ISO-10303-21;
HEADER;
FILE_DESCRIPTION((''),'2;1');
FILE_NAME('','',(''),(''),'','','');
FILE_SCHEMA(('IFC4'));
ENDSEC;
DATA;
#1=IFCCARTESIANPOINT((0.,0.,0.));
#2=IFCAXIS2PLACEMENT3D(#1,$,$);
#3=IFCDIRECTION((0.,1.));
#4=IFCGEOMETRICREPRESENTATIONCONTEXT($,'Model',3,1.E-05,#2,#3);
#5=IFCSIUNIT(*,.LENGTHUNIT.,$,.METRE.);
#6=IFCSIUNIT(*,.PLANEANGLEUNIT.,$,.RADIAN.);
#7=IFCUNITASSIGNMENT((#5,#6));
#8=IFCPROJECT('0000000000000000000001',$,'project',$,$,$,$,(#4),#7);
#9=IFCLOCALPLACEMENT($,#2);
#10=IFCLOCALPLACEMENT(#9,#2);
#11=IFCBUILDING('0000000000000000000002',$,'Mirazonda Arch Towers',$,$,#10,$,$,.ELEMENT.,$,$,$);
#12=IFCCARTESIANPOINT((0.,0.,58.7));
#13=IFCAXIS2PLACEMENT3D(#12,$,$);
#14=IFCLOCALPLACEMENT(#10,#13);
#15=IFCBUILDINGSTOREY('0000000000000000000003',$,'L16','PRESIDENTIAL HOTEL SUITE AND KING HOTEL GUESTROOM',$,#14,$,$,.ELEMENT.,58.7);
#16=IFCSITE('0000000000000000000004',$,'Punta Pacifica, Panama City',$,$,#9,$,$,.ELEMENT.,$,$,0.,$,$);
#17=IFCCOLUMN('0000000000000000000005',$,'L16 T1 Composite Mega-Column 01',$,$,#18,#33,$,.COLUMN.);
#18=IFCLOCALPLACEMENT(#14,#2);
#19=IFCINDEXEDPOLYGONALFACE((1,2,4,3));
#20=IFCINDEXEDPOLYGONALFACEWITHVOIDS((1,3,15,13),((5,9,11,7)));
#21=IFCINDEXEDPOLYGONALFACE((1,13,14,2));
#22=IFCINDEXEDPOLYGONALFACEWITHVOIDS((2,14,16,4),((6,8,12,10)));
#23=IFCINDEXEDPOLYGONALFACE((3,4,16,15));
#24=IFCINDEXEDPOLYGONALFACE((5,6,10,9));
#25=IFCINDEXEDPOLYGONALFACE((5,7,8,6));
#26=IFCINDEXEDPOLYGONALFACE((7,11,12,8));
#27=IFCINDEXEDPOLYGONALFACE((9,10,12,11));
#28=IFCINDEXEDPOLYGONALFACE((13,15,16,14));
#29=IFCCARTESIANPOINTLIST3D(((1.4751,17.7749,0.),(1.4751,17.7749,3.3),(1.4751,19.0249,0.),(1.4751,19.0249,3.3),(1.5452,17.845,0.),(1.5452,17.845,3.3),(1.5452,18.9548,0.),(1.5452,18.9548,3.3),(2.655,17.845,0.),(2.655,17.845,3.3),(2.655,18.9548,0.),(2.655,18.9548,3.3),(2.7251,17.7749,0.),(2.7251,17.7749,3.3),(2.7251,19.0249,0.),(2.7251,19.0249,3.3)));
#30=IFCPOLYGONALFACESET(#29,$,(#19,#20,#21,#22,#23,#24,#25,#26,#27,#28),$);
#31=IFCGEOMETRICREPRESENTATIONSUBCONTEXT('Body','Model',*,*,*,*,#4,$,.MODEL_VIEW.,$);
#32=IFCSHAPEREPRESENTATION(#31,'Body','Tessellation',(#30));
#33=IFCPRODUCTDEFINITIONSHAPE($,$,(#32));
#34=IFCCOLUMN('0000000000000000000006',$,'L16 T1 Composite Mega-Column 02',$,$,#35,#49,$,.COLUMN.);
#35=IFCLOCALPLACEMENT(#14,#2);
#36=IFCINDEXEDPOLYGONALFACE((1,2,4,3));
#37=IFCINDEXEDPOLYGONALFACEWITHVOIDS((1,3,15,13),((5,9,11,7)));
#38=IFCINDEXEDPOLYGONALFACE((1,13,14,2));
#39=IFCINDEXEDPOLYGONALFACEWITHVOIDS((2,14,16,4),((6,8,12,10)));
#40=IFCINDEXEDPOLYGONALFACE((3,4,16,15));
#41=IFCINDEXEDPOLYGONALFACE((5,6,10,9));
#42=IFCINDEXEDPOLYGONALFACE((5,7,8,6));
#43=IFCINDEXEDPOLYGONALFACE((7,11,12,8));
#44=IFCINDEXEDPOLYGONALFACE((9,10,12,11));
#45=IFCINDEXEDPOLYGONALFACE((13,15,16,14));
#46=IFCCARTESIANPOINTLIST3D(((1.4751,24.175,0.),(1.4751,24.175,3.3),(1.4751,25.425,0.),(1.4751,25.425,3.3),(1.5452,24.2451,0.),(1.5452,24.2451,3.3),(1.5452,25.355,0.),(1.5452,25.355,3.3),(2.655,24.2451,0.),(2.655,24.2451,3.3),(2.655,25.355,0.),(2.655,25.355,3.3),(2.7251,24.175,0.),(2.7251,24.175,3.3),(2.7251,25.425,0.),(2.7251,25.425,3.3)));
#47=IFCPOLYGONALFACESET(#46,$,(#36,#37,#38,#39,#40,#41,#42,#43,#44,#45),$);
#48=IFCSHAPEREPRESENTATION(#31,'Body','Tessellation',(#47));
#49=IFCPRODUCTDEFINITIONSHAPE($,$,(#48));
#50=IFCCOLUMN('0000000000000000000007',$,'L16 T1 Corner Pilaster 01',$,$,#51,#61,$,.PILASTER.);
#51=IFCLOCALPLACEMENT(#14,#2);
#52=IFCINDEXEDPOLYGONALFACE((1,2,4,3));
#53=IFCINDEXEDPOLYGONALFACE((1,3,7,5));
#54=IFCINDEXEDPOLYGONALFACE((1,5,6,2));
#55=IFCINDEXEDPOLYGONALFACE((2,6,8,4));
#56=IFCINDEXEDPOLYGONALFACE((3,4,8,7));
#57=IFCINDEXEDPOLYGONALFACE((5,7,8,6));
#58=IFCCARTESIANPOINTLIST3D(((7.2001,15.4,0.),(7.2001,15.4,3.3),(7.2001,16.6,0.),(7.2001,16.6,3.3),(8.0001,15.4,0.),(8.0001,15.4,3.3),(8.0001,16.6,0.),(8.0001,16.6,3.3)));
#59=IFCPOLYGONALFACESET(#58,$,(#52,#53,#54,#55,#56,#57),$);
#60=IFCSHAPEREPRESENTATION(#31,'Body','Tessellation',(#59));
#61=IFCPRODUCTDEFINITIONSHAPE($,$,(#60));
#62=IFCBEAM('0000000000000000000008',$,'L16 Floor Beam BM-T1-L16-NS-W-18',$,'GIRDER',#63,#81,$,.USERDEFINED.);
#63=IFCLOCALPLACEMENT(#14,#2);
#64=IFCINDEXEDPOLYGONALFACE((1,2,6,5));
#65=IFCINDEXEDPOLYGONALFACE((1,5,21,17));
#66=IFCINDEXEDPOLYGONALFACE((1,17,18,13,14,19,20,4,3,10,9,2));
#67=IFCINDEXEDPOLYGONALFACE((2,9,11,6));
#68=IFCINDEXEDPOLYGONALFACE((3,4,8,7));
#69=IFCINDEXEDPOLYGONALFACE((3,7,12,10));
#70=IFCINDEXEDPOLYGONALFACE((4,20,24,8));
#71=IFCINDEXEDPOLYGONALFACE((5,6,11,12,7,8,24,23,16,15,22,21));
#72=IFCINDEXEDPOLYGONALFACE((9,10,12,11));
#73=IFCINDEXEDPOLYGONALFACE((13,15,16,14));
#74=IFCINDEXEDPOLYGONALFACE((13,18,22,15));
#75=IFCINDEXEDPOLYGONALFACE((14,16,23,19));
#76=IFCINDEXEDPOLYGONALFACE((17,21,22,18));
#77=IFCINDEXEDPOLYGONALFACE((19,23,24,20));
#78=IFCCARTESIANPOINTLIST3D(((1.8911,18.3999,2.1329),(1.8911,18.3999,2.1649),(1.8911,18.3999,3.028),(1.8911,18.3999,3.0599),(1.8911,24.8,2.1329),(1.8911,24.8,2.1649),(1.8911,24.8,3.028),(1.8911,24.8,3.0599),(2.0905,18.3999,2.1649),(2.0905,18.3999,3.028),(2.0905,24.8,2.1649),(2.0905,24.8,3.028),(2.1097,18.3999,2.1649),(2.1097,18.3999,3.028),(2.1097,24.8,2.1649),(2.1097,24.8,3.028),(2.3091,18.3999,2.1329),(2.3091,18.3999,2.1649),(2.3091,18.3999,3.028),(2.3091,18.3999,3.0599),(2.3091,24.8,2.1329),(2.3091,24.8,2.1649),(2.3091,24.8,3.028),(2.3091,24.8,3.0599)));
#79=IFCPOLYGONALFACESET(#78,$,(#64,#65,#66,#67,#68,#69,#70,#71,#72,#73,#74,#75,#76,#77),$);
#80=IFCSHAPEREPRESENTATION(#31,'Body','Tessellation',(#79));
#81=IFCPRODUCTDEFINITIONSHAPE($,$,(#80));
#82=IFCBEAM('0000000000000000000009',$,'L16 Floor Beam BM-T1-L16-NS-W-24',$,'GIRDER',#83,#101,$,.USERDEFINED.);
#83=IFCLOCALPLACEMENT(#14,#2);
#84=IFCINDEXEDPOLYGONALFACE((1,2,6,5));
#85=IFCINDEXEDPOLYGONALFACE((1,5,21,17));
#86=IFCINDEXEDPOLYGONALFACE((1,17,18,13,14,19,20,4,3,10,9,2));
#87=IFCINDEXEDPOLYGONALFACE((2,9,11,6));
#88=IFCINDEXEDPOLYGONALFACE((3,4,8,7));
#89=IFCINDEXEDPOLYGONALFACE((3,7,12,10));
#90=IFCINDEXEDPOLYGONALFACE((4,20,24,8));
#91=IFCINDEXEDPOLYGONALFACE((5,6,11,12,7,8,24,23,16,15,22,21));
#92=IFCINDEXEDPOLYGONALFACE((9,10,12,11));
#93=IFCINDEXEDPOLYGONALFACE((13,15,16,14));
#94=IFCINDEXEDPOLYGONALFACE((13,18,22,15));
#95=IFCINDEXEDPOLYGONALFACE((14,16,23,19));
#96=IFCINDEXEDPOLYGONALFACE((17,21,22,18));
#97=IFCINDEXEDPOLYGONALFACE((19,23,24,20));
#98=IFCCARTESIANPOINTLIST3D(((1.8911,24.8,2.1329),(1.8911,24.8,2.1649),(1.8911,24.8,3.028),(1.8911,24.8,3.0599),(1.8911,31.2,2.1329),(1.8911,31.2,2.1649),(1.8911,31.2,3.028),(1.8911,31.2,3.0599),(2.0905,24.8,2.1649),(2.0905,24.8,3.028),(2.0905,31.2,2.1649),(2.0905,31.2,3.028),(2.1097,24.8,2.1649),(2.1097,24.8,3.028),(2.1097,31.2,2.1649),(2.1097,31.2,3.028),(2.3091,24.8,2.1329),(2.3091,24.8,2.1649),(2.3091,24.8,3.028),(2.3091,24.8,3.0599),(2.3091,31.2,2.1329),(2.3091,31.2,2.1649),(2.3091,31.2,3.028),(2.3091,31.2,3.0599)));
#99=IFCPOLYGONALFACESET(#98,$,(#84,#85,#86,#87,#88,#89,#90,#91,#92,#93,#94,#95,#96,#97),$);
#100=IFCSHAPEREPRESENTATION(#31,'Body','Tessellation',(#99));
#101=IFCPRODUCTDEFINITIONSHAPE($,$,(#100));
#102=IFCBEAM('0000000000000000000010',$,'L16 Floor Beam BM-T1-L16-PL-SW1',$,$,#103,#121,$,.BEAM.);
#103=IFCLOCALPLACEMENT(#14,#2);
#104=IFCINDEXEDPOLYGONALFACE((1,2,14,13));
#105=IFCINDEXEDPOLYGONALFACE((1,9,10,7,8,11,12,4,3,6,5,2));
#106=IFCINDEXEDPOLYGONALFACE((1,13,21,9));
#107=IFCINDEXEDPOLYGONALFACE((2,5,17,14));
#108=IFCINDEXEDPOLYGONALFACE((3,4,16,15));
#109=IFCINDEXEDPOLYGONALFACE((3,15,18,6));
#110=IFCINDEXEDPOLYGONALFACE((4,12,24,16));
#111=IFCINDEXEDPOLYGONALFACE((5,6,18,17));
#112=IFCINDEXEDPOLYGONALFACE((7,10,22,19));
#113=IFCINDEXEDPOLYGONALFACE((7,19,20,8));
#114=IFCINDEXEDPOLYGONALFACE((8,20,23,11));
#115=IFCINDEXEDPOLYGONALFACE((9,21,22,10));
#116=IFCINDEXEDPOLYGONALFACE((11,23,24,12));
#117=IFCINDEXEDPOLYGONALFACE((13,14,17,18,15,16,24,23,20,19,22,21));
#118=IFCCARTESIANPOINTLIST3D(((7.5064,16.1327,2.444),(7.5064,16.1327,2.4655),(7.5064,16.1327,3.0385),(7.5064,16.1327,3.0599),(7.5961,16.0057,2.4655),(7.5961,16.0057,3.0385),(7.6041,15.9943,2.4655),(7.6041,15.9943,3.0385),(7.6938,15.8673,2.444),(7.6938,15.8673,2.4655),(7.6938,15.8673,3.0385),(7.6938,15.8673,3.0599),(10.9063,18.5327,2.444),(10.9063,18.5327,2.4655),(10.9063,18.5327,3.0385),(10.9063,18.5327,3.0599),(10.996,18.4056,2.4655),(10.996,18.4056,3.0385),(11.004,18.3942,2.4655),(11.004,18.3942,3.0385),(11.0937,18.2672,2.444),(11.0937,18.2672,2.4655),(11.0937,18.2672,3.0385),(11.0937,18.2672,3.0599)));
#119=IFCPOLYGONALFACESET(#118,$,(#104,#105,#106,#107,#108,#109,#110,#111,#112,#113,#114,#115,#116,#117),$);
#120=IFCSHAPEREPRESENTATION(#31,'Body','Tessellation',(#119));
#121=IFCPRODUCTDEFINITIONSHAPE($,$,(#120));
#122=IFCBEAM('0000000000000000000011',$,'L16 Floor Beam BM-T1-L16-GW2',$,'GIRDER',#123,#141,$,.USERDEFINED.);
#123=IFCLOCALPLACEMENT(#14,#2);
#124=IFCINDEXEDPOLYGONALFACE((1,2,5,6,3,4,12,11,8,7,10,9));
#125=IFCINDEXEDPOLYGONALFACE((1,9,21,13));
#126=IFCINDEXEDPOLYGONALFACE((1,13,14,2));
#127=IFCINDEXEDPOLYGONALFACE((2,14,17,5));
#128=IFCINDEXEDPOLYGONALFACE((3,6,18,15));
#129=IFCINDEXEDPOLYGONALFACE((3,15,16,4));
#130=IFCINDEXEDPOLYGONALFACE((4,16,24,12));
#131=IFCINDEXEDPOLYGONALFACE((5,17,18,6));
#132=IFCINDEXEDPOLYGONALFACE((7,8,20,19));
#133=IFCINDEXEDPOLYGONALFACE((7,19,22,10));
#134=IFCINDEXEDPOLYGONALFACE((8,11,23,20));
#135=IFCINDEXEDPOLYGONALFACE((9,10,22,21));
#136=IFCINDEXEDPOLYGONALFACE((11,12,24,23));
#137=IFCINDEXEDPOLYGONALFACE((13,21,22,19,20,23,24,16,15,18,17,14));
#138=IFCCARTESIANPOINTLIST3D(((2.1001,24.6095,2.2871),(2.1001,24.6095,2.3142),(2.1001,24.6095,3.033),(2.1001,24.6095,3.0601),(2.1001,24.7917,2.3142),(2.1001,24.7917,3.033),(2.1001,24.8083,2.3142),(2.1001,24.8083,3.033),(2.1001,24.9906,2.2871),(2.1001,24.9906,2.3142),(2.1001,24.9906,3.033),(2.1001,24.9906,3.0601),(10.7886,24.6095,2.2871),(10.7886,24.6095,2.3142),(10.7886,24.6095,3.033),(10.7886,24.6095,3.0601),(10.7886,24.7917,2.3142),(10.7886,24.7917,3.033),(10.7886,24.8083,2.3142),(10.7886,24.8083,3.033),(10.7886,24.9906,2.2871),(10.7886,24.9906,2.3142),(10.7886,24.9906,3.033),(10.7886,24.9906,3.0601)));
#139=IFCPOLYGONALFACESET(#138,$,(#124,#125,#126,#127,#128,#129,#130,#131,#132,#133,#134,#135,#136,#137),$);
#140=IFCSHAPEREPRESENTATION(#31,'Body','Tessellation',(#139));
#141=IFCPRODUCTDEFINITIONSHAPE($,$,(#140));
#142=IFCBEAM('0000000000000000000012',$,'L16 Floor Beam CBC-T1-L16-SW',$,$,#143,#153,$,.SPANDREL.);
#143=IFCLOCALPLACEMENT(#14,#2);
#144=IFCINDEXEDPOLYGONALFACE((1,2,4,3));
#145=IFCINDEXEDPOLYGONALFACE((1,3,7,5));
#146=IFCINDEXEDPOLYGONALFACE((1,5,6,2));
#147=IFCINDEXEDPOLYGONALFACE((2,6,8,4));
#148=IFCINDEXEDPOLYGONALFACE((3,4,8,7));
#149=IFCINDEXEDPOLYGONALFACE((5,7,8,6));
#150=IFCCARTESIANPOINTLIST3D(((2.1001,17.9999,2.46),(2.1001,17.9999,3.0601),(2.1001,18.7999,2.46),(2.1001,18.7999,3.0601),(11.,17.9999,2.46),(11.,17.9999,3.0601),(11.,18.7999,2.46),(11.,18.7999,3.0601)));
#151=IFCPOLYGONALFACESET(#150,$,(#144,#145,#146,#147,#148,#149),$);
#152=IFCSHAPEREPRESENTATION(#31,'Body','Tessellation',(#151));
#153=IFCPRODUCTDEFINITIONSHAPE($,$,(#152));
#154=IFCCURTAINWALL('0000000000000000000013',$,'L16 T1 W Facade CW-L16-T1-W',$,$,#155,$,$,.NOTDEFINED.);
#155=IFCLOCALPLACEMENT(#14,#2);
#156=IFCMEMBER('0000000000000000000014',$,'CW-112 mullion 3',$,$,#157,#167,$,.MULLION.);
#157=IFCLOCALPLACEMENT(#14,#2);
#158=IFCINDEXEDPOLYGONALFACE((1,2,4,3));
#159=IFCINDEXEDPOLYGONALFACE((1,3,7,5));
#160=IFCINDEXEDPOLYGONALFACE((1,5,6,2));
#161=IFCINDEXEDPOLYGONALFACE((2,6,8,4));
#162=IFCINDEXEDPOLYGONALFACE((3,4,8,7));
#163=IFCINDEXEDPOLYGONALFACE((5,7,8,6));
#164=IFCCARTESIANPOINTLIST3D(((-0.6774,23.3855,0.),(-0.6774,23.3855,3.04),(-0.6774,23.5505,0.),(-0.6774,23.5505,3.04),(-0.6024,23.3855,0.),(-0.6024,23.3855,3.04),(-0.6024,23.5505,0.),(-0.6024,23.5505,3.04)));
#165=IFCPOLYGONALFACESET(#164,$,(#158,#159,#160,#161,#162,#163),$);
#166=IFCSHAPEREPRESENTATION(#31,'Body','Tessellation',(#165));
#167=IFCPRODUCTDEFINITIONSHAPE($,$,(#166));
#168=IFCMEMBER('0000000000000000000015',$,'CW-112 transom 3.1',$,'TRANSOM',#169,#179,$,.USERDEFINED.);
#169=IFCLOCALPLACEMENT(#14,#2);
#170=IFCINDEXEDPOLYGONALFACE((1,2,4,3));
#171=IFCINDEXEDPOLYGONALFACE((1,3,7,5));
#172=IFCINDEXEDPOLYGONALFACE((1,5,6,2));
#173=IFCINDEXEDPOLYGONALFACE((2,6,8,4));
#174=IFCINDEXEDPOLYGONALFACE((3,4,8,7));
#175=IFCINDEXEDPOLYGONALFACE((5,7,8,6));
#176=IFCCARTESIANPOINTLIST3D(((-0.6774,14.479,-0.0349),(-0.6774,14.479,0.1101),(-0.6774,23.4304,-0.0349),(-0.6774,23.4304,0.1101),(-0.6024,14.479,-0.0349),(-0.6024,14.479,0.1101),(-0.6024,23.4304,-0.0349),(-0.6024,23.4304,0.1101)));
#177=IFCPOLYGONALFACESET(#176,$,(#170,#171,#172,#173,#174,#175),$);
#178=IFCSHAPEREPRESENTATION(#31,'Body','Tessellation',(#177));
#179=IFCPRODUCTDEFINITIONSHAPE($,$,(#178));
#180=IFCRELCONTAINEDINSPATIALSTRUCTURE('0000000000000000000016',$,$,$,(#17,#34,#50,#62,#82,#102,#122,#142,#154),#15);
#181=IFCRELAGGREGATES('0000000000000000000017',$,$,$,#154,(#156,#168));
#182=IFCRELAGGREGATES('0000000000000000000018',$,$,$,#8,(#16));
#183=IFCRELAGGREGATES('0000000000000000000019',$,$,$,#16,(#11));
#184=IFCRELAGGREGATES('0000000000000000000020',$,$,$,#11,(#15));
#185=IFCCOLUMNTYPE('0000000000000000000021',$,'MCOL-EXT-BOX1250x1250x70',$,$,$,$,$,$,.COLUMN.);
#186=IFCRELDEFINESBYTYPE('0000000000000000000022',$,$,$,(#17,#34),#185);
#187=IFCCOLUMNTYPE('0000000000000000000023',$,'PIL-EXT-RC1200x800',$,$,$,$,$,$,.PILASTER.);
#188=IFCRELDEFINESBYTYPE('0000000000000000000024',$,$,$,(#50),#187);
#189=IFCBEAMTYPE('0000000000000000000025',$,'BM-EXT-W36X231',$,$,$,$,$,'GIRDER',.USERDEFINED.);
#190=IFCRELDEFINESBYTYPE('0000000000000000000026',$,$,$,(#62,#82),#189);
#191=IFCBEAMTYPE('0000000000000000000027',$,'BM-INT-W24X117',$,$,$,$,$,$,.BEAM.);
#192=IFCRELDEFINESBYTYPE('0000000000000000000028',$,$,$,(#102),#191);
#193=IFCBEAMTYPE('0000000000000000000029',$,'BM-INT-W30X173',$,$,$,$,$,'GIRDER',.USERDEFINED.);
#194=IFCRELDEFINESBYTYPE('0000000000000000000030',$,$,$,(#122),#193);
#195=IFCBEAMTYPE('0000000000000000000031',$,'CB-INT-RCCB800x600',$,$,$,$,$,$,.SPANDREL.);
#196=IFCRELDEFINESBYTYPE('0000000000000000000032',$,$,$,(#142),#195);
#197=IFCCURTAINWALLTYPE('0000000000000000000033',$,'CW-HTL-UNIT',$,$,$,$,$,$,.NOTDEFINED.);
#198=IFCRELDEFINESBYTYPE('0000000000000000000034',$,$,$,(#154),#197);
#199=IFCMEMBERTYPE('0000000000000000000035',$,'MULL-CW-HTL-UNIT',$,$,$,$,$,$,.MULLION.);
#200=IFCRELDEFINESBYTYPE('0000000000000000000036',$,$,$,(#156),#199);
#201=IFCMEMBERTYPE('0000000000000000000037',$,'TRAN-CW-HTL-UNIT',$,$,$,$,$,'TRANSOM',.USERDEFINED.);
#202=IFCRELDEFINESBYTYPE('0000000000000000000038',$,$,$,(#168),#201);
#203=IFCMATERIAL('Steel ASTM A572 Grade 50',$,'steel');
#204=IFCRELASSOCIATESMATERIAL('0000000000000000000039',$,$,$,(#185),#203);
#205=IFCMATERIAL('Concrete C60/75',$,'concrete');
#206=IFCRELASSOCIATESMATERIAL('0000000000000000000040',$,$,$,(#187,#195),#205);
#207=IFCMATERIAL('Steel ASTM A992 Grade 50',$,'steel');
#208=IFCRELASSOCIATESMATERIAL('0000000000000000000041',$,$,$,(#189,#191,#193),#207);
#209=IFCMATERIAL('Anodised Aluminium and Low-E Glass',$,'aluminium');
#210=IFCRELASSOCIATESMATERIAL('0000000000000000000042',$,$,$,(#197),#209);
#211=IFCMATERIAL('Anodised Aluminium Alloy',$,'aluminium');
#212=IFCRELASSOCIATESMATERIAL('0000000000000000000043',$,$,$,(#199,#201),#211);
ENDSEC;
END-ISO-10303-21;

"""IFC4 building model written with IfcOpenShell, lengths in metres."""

from ifc_helpers import new_model, si_unit, direction, frame, origin, origin_2d, place, context, subcontext, project, spatial, rectangle, hollow_rectangle, i_section, extrude, material, material_profile, profile_set, type_object, element, aggregate, save


model = new_model("IFC4")

# Units and contexts
model_context = context("Model", 3, precision=1e-05, world=origin(), true_north=direction((0.0, 1.0)))
body_context = subcontext(model_context, "Body", "Model", "MODEL_VIEW")
ifc_project = project(units=[si_unit("LENGTHUNIT", "METRE"), si_unit("PLANEANGLEUNIT", "RADIAN")], contexts=[model_context])

# Site, building, storey
site_placement = place(None, origin())
site = spatial("IfcSite", under=ifc_project, at=site_placement, Name="Punta Pacifica, Panama City", CompositionType="ELEMENT", RefElevation=0.0)
building_placement = place(site_placement, origin())
building = spatial("IfcBuilding", under=site, at=building_placement, Name="Mirazonda Arch Towers", CompositionType="ELEMENT")
storey_placement = place(building_placement, frame((0.0, 0.0, 58.7)))
storey = spatial("IfcBuildingStorey", under=building, at=storey_placement, Name="L16", Description="PRESIDENTIAL HOTEL SUITE AND KING HOTEL GUESTROOM", CompositionType="ELEMENT", Elevation=58.7)

# Columns
ifc_material_1 = material(Name="Steel ASTM A572 Grade 50", Category="steel")
ifc_material_profile_1 = material_profile(ifc_material_1, hollow_rectangle(XDim=1.25, YDim=1.25, WallThickness=0.0701, at=origin_2d()), Name="BOX1250x1250x70")
ifc_profile_set_1 = profile_set([ifc_material_profile_1], Name="Steel ASTM A572 Grade 50")
column_type_1 = type_object("IfcColumnType", Name="MCOL-EXT-BOX1250x1250x70", PredefinedType="COLUMN", material=ifc_profile_set_1)
for number, where, z_axis, x_axis, name in (
    (1, (2.1001, 18.3999, 0.0), (0.0, 0.0, 1.0), (1.0, 0.0, 0.0), "L16 T1 Composite Mega-Column 01"),
    (2, (2.1001, 24.8, 0.0), (0.0, 0.0, 1.0), (1.0, 0.0, 0.0), "L16 T1 Composite Mega-Column 02"),
):
    element("IfcColumn", number, at=place(storey_placement, frame(where, z_axis=z_axis, x_axis=x_axis)), inside=storey, type_object=column_type_1, Name=name, PredefinedType="COLUMN", context=body_context, shape_type="SweptSolid", body=[
        extrude(hollow_rectangle(XDim=1.25, YDim=1.25, WallThickness=0.0701, at=origin_2d()), origin(), (0.0, 0.0, 1.0), 3.3),
    ])
ifc_material_2 = material(Name="Concrete C60/75", Category="concrete")
ifc_material_profile_2 = material_profile(ifc_material_2, rectangle(XDim=0.8, YDim=1.2, at=origin_2d()), Name="RC1200x800")
ifc_profile_set_2 = profile_set([ifc_material_profile_2], Name="Concrete C60/75")
column_type_2 = type_object("IfcColumnType", Name="PIL-EXT-RC1200x800", PredefinedType="PILASTER", material=ifc_profile_set_2)
column_placement = place(storey_placement, frame((7.6001, 16.0, 0.0), z_axis=(0.0, 0.0, 1.0), x_axis=(1.0, 0.0, 0.0)))
element("IfcColumn", 3, at=column_placement, inside=storey, type_object=column_type_2, Name="L16 T1 Corner Pilaster 01", PredefinedType="PILASTER", context=body_context, shape_type="SweptSolid", body=[
    extrude(rectangle(XDim=0.8, YDim=1.2, at=origin_2d()), origin(), (0.0, 0.0, 1.0), 3.3),
])

# Beams
ifc_material_3 = material(Name="Steel ASTM A992 Grade 50", Category="steel")
ifc_material_profile_3 = material_profile(ifc_material_3, i_section(OverallWidth=0.418, OverallDepth=0.927, WebThickness=0.0193, FlangeThickness=0.032, at=origin_2d()), Name="W36X231")
ifc_profile_set_3 = profile_set([ifc_material_profile_3], Name="Steel ASTM A992 Grade 50")
beam_type_1 = type_object("IfcBeamType", Name="BM-EXT-W36X231", ElementType="GIRDER", PredefinedType="USERDEFINED", material=ifc_profile_set_3)
beam_1_placement = place(storey_placement, frame((2.1001, 18.3999, 2.5964), z_axis=(0.0, 1.0, 0.0), x_axis=(-1.0, 0.0, 0.0)))
element("IfcBeam", 4, at=beam_1_placement, inside=storey, type_object=beam_type_1, Name="L16 Floor Beam BM-T1-L16-NS-W-18", ObjectType="GIRDER", PredefinedType="USERDEFINED", context=body_context, shape_type="SweptSolid", body=[
    extrude(i_section(OverallWidth=0.418, OverallDepth=0.927, WebThickness=0.0193, FlangeThickness=0.032, at=origin_2d()), origin(), (0.0, 0.0, 1.0), 6.4001),
])
beam_2_placement = place(storey_placement, frame((2.1001, 24.8, 2.5964), z_axis=(0.0, 1.0, 0.0), x_axis=(-1.0, 0.0, 0.0)))
element("IfcBeam", 5, at=beam_2_placement, inside=storey, type_object=beam_type_1, Name="L16 Floor Beam BM-T1-L16-NS-W-24", ObjectType="GIRDER", PredefinedType="USERDEFINED", context=body_context, shape_type="SweptSolid", body=[
    extrude(i_section(OverallWidth=0.418, OverallDepth=0.927, WebThickness=0.0193, FlangeThickness=0.032, at=origin_2d()), origin(), (0.0, 0.0, 1.0), 6.3999),
])
ifc_material_profile_4 = material_profile(ifc_material_3, i_section(OverallWidth=0.325, OverallDepth=0.616, WebThickness=0.0139, FlangeThickness=0.0215, at=origin_2d()), Name="W24X117")
ifc_profile_set_4 = profile_set([ifc_material_profile_4], Name="Steel ASTM A992 Grade 50")
beam_type_2 = type_object("IfcBeamType", Name="BM-INT-W24X117", PredefinedType="BEAM", material=ifc_profile_set_4)
beam_3_placement = place(storey_placement, frame((7.6001, 16.0, 2.752), z_axis=(0.816971, 0.576679, 0.0), x_axis=(-0.576679, 0.816971, 0.0)))
element("IfcBeam", 6, at=beam_3_placement, inside=storey, type_object=beam_type_2, Name="L16 Floor Beam BM-T1-L16-PL-SW1", PredefinedType="BEAM", context=body_context, shape_type="SweptSolid", body=[
    extrude(i_section(OverallWidth=0.325, OverallDepth=0.616, WebThickness=0.0139, FlangeThickness=0.0215, at=origin_2d()), origin(), (0.0, 0.0, 1.0), 4.1616),
])
ifc_material_profile_5 = material_profile(ifc_material_3, i_section(OverallWidth=0.3811, OverallDepth=0.7729, WebThickness=0.0166, FlangeThickness=0.0271, at=origin_2d()), Name="W30X173")
ifc_profile_set_5 = profile_set([ifc_material_profile_5], Name="Steel ASTM A992 Grade 50")
beam_type_3 = type_object("IfcBeamType", Name="BM-INT-W30X173", ElementType="GIRDER", PredefinedType="USERDEFINED", material=ifc_profile_set_5)
beam_4_placement = place(storey_placement, frame((2.1001, 24.8, 2.6736), z_axis=(1.0, 0.0, 0.0), x_axis=(0.0, 1.0, 0.0)))
element("IfcBeam", 7, at=beam_4_placement, inside=storey, type_object=beam_type_3, Name="L16 Floor Beam BM-T1-L16-GW2", ObjectType="GIRDER", PredefinedType="USERDEFINED", context=body_context, shape_type="SweptSolid", body=[
    extrude(i_section(OverallWidth=0.3811, OverallDepth=0.7729, WebThickness=0.0166, FlangeThickness=0.0271, at=origin_2d()), origin(), (0.0, 0.0, 1.0), 8.6885),
])
ifc_material_profile_6 = material_profile(ifc_material_2, rectangle(XDim=0.8, YDim=0.6001, at=origin_2d()), Name="RCCB800x600")
ifc_profile_set_6 = profile_set([ifc_material_profile_6], Name="Concrete C60/75")
beam_type_4 = type_object("IfcBeamType", Name="CB-INT-RCCB800x600", PredefinedType="SPANDREL", material=ifc_profile_set_6)
beam_5_placement = place(storey_placement, frame((2.1001, 18.3999, 2.76), z_axis=(1.0, 0.0, 0.0), x_axis=(0.0, 1.0, 0.0)))
element("IfcBeam", 8, at=beam_5_placement, inside=storey, type_object=beam_type_4, Name="L16 Floor Beam CBC-T1-L16-SW", PredefinedType="SPANDREL", context=body_context, shape_type="SweptSolid", body=[
    extrude(rectangle(XDim=0.8, YDim=0.6001, at=origin_2d()), origin(), (0.0, 0.0, 1.0), 8.8999),
])

# Curtain wall, members
ifc_material_4 = material(Name="Anodised Aluminium and Low-E Glass", Category="aluminium")
curtain_wall_type = type_object("IfcCurtainWallType", Name="CW-HTL-UNIT", PredefinedType="NOTDEFINED", material=ifc_material_4)
curtain_wall_placement = place(storey_placement, origin())
curtain_wall = element("IfcCurtainWall", 9, at=curtain_wall_placement, inside=storey, type_object=curtain_wall_type, Name="L16 T1 W Facade CW-L16-T1-W", PredefinedType="NOTDEFINED")
ifc_material_5 = material(Name="Anodised Aluminium Alloy", Category="aluminium")
ifc_material_profile_7 = material_profile(ifc_material_5, rectangle(XDim=0.075, YDim=0.165, at=origin_2d()), Name="ALU-MULL-75x165")
ifc_profile_set_7 = profile_set([ifc_material_profile_7], Name="Anodised Aluminium Alloy")
member_type_1 = type_object("IfcMemberType", Name="MULL-CW-HTL-UNIT", PredefinedType="MULLION", material=ifc_profile_set_7)
member_1_placement = place(storey_placement, frame((-0.6399, 23.468, 0.0), z_axis=(0.0, 0.0, 1.0), x_axis=(1.0, 0.0, 0.0)))
member_1 = element("IfcMember", 10, at=member_1_placement, type_object=member_type_1, Name="CW-112 mullion 3", PredefinedType="MULLION", context=body_context, shape_type="SweptSolid", body=[
    extrude(rectangle(XDim=0.075, YDim=0.165, at=origin_2d()), origin(), (0.0, 0.0, 1.0), 3.04),
])
ifc_material_profile_8 = material_profile(ifc_material_5, rectangle(XDim=0.075, YDim=0.145, at=origin_2d()), Name="ALU-TRAN-75x145")
ifc_profile_set_8 = profile_set([ifc_material_profile_8], Name="Anodised Aluminium Alloy")
member_type_2 = type_object("IfcMemberType", Name="TRAN-CW-HTL-UNIT", ElementType="TRANSOM", PredefinedType="USERDEFINED", material=ifc_profile_set_8)
member_2_placement = place(storey_placement, frame((-0.6399, 23.4304, 0.0376), z_axis=(0.0, -1.0, 0.0), x_axis=(1.0, 0.0, 0.0)))
member_2 = element("IfcMember", 11, at=member_2_placement, type_object=member_type_2, Name="CW-112 transom 3.1", ObjectType="TRANSOM", PredefinedType="USERDEFINED", context=body_context, shape_type="SweptSolid", body=[
    extrude(rectangle(XDim=0.075, YDim=0.145, at=origin_2d()), origin(), (0.0, 0.0, 1.0), 8.9514),
])
aggregate(curtain_wall, [member_1, member_2])

save(model, "model.ifc")
